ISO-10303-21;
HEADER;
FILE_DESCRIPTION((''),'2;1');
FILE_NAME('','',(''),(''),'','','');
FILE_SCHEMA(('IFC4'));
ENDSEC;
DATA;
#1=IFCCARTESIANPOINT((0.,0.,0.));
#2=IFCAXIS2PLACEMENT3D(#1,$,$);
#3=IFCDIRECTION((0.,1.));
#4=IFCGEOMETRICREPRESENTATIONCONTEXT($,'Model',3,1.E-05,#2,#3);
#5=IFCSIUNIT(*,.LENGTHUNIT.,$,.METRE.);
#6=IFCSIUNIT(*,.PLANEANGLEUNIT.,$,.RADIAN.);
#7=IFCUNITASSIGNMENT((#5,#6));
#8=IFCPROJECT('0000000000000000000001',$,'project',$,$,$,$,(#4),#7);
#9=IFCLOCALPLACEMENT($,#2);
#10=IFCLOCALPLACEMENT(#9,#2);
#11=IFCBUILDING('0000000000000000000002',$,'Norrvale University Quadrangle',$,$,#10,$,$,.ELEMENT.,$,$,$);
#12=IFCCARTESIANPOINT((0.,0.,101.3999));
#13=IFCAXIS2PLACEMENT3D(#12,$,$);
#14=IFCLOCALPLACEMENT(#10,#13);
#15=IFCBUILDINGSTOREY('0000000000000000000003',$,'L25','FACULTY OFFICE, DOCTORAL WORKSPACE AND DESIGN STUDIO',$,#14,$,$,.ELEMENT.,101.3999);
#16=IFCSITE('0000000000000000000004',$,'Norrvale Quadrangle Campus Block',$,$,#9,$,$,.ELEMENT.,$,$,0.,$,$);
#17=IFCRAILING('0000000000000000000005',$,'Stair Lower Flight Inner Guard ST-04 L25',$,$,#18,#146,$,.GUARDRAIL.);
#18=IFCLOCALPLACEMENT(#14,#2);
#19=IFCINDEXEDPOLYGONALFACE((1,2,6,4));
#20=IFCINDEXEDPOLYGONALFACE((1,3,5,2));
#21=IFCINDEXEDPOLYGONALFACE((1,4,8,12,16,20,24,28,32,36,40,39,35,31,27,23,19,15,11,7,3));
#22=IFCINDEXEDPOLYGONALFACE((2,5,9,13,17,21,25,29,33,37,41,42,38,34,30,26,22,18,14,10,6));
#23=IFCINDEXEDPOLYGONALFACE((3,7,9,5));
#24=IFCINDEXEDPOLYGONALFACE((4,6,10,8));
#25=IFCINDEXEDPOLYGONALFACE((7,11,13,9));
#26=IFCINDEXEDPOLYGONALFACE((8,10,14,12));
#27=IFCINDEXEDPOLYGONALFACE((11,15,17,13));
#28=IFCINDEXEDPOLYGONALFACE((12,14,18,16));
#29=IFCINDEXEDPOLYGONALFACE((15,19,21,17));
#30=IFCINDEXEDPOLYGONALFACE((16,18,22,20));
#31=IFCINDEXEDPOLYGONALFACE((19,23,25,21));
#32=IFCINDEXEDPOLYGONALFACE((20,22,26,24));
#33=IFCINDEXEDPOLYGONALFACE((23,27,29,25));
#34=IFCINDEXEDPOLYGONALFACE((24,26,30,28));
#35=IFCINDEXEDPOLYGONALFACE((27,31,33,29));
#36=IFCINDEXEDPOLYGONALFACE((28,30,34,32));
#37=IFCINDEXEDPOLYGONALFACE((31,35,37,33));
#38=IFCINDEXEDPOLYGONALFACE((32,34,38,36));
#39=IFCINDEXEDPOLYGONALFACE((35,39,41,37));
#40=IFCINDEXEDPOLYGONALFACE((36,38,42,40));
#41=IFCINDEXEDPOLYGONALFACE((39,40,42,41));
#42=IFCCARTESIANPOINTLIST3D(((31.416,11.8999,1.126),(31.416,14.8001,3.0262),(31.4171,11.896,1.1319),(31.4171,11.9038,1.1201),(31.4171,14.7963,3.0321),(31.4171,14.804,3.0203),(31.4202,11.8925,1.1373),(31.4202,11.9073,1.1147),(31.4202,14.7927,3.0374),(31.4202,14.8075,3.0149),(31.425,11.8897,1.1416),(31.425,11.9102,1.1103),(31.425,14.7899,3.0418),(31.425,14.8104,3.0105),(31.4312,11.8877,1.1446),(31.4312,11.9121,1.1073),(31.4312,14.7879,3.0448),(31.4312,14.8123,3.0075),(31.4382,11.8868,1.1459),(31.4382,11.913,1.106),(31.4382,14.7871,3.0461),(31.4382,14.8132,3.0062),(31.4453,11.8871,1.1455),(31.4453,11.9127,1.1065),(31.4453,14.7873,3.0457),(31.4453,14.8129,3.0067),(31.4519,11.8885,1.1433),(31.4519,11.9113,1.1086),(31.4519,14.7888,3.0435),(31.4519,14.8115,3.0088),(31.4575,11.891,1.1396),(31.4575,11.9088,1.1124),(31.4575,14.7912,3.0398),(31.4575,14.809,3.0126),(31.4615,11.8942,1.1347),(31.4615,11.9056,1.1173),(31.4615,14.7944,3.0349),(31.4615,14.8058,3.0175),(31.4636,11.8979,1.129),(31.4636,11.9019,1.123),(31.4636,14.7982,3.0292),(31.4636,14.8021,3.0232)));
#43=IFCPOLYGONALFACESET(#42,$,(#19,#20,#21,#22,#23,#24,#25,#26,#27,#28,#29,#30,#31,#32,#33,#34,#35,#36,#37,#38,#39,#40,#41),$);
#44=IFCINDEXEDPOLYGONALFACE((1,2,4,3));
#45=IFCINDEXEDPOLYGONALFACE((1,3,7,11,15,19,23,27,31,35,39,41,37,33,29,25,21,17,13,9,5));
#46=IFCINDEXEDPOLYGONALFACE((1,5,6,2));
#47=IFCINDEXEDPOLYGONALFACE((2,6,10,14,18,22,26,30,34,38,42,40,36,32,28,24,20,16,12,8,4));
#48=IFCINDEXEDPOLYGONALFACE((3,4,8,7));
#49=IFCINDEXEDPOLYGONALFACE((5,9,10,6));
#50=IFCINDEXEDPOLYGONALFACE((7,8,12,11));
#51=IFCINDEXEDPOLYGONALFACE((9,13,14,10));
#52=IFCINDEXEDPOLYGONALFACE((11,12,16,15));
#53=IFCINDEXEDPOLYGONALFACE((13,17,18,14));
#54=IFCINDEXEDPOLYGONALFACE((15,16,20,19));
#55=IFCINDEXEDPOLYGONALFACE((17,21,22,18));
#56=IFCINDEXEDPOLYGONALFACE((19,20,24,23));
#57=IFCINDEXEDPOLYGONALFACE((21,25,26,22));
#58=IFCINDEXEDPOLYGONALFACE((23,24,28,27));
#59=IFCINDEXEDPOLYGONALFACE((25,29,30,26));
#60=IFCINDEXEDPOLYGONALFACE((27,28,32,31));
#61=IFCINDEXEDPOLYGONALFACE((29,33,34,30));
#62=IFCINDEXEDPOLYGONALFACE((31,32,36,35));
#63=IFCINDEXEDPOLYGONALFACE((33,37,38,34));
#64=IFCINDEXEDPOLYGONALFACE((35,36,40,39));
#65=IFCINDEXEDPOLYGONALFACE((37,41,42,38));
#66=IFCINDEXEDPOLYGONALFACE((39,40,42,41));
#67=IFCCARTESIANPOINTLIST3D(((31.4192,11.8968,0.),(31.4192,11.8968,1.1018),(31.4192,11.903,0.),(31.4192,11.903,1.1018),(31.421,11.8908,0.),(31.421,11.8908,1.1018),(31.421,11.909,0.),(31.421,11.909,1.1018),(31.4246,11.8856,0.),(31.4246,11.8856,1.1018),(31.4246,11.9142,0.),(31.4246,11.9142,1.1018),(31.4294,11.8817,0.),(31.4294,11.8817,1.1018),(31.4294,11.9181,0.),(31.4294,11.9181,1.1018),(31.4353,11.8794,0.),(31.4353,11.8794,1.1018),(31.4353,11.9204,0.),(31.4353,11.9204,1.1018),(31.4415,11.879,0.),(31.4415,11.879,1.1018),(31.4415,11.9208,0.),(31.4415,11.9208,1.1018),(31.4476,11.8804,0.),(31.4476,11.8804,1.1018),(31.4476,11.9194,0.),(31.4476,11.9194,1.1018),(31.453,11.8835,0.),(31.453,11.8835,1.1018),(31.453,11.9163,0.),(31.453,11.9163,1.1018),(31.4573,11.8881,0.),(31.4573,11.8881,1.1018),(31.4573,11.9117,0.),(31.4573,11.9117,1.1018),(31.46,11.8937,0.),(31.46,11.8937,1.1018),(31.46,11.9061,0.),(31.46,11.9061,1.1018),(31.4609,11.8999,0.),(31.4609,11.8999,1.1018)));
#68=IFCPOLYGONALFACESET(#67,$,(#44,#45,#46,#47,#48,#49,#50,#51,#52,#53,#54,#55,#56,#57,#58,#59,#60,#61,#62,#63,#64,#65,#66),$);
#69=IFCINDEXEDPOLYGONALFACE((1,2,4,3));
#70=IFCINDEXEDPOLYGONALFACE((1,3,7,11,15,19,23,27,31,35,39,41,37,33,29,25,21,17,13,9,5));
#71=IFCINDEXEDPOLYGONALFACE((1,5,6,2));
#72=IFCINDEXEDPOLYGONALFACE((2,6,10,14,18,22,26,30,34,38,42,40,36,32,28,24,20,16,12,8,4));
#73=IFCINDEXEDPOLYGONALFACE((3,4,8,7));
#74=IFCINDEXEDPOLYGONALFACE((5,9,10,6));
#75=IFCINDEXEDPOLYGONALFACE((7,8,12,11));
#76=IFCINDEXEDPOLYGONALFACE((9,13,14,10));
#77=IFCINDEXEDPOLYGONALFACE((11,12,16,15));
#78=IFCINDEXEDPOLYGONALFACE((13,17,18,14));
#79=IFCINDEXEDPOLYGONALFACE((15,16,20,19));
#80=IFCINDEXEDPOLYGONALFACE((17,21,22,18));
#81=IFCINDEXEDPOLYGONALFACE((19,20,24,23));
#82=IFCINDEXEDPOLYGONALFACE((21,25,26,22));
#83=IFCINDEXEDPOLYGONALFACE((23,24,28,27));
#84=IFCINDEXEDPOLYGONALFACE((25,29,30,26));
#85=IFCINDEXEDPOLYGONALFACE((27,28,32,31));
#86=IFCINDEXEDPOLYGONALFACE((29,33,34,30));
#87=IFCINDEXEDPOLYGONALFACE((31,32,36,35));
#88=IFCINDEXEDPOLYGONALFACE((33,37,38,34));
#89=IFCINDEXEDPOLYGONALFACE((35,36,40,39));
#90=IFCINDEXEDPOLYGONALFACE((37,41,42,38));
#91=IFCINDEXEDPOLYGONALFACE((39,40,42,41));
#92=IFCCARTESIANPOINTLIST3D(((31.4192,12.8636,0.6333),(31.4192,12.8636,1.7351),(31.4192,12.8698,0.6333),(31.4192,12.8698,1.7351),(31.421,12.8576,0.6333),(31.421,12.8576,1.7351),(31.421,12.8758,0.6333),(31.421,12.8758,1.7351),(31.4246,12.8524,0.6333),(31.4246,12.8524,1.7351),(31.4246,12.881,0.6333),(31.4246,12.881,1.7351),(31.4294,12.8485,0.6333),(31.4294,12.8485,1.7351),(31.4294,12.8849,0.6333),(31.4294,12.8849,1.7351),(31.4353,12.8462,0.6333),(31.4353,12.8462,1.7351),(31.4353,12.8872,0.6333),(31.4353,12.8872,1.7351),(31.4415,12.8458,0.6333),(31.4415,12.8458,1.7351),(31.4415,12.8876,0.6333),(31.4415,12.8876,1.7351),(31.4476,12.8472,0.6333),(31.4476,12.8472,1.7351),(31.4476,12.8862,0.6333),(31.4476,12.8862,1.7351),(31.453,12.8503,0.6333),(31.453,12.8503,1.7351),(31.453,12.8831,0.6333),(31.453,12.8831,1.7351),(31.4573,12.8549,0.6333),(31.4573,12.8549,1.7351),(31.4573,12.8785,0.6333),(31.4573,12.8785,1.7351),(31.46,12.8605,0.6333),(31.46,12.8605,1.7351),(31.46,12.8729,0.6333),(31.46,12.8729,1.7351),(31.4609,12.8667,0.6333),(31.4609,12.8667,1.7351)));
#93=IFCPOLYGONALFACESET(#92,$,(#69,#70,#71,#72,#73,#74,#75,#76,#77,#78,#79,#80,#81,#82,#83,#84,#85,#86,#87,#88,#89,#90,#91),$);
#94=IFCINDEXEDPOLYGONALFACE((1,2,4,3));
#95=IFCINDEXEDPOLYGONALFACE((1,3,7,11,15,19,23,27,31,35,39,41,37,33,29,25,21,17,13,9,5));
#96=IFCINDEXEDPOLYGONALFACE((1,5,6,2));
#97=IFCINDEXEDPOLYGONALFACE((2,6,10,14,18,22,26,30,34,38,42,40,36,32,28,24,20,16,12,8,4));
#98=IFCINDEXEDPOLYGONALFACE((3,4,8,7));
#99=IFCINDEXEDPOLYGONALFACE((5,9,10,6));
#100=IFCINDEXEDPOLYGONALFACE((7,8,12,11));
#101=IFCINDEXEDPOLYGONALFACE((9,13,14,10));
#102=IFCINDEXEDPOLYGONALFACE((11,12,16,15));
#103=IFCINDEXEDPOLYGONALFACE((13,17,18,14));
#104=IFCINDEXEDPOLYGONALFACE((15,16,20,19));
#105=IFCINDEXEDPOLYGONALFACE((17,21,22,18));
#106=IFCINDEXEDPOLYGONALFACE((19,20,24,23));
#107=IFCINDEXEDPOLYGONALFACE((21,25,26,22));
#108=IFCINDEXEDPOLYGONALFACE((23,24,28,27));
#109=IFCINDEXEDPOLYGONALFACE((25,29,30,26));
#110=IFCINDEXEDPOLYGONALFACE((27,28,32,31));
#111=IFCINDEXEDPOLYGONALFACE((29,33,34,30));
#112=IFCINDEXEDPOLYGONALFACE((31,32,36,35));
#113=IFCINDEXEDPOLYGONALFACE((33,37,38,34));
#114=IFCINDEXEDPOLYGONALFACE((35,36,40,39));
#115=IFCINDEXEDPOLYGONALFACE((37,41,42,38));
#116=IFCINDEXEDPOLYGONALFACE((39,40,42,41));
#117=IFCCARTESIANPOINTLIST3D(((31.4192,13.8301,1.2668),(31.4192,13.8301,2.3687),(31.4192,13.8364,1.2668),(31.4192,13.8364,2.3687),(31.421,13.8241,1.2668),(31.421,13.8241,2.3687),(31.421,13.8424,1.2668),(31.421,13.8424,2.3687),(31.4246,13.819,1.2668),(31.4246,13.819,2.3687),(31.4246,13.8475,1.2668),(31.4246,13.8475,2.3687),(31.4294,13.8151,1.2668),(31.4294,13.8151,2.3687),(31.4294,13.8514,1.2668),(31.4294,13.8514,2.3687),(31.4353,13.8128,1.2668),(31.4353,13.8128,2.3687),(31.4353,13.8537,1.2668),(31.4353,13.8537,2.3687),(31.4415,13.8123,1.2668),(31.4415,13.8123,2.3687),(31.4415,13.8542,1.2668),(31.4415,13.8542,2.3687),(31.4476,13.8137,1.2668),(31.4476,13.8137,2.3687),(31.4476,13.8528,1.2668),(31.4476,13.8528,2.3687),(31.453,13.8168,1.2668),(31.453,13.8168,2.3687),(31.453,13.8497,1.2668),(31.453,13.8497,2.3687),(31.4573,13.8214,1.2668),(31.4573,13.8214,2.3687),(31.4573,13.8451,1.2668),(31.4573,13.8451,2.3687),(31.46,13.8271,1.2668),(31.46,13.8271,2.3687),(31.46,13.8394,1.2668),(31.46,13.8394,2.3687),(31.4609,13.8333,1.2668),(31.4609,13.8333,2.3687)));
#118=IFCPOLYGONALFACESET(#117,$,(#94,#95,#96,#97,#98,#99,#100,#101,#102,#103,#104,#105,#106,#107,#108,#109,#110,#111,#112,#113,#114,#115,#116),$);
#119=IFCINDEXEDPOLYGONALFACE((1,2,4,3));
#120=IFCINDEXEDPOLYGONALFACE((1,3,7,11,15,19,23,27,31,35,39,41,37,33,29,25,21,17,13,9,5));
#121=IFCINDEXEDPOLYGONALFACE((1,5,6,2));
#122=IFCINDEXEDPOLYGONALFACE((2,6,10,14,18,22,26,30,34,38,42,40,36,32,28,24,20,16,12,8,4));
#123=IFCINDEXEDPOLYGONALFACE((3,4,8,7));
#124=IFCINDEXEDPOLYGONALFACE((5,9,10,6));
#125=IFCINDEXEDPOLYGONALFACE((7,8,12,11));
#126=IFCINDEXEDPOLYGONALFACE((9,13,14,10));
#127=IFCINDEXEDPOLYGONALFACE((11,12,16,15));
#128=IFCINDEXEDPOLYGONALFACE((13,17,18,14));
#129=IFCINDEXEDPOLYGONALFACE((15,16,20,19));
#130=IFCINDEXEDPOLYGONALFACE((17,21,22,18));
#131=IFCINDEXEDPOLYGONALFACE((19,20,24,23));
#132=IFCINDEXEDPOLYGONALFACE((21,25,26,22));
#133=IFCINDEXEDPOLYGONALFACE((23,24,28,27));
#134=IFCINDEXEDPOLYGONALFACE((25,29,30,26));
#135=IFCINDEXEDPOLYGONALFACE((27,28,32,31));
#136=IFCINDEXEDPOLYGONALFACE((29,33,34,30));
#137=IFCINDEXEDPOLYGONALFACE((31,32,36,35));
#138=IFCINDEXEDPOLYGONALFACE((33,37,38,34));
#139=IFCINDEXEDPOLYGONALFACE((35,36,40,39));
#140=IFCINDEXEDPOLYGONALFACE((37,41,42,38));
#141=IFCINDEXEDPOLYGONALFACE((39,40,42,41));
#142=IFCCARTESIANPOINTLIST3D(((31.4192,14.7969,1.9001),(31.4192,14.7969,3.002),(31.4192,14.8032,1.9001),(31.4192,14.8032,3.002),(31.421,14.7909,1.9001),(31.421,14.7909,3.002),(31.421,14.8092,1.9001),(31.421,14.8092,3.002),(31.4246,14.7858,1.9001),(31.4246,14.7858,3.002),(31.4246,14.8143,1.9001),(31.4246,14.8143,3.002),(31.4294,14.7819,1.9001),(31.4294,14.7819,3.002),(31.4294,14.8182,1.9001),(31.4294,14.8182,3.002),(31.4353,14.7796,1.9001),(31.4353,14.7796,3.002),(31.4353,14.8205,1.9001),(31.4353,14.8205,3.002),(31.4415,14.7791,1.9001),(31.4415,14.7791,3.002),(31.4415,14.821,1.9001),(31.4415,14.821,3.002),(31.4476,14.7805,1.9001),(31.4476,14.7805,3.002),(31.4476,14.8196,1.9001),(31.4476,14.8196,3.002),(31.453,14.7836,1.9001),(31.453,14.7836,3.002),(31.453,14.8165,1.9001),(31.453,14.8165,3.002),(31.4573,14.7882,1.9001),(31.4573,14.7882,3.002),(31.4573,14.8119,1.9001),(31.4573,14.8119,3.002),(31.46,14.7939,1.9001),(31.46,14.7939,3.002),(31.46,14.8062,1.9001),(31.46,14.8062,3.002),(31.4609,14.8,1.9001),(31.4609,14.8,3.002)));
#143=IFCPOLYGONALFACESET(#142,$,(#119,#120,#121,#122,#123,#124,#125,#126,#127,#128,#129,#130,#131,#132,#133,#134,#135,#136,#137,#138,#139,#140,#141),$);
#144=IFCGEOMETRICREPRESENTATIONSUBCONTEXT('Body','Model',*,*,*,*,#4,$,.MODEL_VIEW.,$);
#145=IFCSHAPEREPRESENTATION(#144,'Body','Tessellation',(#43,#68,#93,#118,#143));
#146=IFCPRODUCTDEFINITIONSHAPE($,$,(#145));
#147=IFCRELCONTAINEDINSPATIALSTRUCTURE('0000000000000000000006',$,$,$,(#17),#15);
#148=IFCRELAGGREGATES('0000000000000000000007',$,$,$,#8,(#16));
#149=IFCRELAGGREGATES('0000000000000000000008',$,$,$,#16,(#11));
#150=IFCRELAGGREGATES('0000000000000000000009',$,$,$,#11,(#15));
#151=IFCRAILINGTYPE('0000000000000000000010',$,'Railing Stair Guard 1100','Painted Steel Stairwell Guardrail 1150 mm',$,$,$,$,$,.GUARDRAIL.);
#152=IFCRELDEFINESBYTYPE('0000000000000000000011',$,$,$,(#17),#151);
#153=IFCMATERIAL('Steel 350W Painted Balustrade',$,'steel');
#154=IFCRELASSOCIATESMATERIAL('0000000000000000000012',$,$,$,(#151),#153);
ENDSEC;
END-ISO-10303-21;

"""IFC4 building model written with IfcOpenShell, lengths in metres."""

from ifc_helpers import new_model, si_unit, direction, frame, origin, origin_2d, place, context, subcontext, project, spatial, circle, extrude, material, type_object, element, save


model = new_model("IFC4")

# Units and contexts
model_context = context("Model", 3, precision=1e-05, world=origin(), true_north=direction((0.0, 1.0)))
body_context = subcontext(model_context, "Body", "Model", "MODEL_VIEW")
ifc_project = project(units=[si_unit("LENGTHUNIT", "METRE"), si_unit("PLANEANGLEUNIT", "RADIAN")], contexts=[model_context])

# Site, building, storey
site_placement = place(None, origin())
site = spatial("IfcSite", under=ifc_project, at=site_placement, Name="Norrvale Quadrangle Campus Block", CompositionType="ELEMENT", RefElevation=0.0)
building_placement = place(site_placement, origin())
building = spatial("IfcBuilding", under=site, at=building_placement, Name="Norrvale University Quadrangle", CompositionType="ELEMENT")
storey_placement = place(building_placement, frame((0.0, 0.0, 101.3999)))
storey = spatial("IfcBuildingStorey", under=building, at=storey_placement, Name="L25", Description="FACULTY OFFICE, DOCTORAL WORKSPACE AND DESIGN STUDIO", CompositionType="ELEMENT", Elevation=101.3999)

# Railing
ifc_material_1 = material(Name="Steel 350W Painted Balustrade", Category="steel")
railing_type_1 = type_object("IfcRailingType", Name="Railing Stair Guard 1100", Description="Painted Steel Stairwell Guardrail 1150 mm", PredefinedType="GUARDRAIL", material=ifc_material_1)
railing_1_placement = place(storey_placement, frame((31.4399, 11.8999, 0.0)))
element("IfcRailing", 1, at=railing_1_placement, inside=storey, type_object=railing_type_1, Name="Stair Lower Flight Inner Guard ST-04 L25", PredefinedType="GUARDRAIL", context=body_context, shape_type="SweptSolid", body=[
    extrude(circle(Radius=0.0239, at=origin_2d()), frame((0.0, 0.0, 1.126), z_axis=(0.0, 0.836454, 0.548036), x_axis=(-1.0, 0.0, 0.0)), (0.0, 0.0, 1.0), 3.4673),
    extrude(circle(Radius=0.021, at=origin_2d()), origin(), (0.0, 0.0, 1.0), 1.1018),
    extrude(circle(Radius=0.021, at=origin_2d()), frame((0.0, 0.9668, 0.6333)), (0.0, 0.0, 1.0), 1.1018),
    extrude(circle(Radius=0.021, at=origin_2d()), frame((0.0, 1.9333, 1.2668)), (0.0, 0.0, 1.0), 1.1018),
    extrude(circle(Radius=0.021, at=origin_2d()), frame((0.0, 2.9001, 1.9001)), (0.0, 0.0, 1.0), 1.1018),
])

save(model, "model.ifc")
